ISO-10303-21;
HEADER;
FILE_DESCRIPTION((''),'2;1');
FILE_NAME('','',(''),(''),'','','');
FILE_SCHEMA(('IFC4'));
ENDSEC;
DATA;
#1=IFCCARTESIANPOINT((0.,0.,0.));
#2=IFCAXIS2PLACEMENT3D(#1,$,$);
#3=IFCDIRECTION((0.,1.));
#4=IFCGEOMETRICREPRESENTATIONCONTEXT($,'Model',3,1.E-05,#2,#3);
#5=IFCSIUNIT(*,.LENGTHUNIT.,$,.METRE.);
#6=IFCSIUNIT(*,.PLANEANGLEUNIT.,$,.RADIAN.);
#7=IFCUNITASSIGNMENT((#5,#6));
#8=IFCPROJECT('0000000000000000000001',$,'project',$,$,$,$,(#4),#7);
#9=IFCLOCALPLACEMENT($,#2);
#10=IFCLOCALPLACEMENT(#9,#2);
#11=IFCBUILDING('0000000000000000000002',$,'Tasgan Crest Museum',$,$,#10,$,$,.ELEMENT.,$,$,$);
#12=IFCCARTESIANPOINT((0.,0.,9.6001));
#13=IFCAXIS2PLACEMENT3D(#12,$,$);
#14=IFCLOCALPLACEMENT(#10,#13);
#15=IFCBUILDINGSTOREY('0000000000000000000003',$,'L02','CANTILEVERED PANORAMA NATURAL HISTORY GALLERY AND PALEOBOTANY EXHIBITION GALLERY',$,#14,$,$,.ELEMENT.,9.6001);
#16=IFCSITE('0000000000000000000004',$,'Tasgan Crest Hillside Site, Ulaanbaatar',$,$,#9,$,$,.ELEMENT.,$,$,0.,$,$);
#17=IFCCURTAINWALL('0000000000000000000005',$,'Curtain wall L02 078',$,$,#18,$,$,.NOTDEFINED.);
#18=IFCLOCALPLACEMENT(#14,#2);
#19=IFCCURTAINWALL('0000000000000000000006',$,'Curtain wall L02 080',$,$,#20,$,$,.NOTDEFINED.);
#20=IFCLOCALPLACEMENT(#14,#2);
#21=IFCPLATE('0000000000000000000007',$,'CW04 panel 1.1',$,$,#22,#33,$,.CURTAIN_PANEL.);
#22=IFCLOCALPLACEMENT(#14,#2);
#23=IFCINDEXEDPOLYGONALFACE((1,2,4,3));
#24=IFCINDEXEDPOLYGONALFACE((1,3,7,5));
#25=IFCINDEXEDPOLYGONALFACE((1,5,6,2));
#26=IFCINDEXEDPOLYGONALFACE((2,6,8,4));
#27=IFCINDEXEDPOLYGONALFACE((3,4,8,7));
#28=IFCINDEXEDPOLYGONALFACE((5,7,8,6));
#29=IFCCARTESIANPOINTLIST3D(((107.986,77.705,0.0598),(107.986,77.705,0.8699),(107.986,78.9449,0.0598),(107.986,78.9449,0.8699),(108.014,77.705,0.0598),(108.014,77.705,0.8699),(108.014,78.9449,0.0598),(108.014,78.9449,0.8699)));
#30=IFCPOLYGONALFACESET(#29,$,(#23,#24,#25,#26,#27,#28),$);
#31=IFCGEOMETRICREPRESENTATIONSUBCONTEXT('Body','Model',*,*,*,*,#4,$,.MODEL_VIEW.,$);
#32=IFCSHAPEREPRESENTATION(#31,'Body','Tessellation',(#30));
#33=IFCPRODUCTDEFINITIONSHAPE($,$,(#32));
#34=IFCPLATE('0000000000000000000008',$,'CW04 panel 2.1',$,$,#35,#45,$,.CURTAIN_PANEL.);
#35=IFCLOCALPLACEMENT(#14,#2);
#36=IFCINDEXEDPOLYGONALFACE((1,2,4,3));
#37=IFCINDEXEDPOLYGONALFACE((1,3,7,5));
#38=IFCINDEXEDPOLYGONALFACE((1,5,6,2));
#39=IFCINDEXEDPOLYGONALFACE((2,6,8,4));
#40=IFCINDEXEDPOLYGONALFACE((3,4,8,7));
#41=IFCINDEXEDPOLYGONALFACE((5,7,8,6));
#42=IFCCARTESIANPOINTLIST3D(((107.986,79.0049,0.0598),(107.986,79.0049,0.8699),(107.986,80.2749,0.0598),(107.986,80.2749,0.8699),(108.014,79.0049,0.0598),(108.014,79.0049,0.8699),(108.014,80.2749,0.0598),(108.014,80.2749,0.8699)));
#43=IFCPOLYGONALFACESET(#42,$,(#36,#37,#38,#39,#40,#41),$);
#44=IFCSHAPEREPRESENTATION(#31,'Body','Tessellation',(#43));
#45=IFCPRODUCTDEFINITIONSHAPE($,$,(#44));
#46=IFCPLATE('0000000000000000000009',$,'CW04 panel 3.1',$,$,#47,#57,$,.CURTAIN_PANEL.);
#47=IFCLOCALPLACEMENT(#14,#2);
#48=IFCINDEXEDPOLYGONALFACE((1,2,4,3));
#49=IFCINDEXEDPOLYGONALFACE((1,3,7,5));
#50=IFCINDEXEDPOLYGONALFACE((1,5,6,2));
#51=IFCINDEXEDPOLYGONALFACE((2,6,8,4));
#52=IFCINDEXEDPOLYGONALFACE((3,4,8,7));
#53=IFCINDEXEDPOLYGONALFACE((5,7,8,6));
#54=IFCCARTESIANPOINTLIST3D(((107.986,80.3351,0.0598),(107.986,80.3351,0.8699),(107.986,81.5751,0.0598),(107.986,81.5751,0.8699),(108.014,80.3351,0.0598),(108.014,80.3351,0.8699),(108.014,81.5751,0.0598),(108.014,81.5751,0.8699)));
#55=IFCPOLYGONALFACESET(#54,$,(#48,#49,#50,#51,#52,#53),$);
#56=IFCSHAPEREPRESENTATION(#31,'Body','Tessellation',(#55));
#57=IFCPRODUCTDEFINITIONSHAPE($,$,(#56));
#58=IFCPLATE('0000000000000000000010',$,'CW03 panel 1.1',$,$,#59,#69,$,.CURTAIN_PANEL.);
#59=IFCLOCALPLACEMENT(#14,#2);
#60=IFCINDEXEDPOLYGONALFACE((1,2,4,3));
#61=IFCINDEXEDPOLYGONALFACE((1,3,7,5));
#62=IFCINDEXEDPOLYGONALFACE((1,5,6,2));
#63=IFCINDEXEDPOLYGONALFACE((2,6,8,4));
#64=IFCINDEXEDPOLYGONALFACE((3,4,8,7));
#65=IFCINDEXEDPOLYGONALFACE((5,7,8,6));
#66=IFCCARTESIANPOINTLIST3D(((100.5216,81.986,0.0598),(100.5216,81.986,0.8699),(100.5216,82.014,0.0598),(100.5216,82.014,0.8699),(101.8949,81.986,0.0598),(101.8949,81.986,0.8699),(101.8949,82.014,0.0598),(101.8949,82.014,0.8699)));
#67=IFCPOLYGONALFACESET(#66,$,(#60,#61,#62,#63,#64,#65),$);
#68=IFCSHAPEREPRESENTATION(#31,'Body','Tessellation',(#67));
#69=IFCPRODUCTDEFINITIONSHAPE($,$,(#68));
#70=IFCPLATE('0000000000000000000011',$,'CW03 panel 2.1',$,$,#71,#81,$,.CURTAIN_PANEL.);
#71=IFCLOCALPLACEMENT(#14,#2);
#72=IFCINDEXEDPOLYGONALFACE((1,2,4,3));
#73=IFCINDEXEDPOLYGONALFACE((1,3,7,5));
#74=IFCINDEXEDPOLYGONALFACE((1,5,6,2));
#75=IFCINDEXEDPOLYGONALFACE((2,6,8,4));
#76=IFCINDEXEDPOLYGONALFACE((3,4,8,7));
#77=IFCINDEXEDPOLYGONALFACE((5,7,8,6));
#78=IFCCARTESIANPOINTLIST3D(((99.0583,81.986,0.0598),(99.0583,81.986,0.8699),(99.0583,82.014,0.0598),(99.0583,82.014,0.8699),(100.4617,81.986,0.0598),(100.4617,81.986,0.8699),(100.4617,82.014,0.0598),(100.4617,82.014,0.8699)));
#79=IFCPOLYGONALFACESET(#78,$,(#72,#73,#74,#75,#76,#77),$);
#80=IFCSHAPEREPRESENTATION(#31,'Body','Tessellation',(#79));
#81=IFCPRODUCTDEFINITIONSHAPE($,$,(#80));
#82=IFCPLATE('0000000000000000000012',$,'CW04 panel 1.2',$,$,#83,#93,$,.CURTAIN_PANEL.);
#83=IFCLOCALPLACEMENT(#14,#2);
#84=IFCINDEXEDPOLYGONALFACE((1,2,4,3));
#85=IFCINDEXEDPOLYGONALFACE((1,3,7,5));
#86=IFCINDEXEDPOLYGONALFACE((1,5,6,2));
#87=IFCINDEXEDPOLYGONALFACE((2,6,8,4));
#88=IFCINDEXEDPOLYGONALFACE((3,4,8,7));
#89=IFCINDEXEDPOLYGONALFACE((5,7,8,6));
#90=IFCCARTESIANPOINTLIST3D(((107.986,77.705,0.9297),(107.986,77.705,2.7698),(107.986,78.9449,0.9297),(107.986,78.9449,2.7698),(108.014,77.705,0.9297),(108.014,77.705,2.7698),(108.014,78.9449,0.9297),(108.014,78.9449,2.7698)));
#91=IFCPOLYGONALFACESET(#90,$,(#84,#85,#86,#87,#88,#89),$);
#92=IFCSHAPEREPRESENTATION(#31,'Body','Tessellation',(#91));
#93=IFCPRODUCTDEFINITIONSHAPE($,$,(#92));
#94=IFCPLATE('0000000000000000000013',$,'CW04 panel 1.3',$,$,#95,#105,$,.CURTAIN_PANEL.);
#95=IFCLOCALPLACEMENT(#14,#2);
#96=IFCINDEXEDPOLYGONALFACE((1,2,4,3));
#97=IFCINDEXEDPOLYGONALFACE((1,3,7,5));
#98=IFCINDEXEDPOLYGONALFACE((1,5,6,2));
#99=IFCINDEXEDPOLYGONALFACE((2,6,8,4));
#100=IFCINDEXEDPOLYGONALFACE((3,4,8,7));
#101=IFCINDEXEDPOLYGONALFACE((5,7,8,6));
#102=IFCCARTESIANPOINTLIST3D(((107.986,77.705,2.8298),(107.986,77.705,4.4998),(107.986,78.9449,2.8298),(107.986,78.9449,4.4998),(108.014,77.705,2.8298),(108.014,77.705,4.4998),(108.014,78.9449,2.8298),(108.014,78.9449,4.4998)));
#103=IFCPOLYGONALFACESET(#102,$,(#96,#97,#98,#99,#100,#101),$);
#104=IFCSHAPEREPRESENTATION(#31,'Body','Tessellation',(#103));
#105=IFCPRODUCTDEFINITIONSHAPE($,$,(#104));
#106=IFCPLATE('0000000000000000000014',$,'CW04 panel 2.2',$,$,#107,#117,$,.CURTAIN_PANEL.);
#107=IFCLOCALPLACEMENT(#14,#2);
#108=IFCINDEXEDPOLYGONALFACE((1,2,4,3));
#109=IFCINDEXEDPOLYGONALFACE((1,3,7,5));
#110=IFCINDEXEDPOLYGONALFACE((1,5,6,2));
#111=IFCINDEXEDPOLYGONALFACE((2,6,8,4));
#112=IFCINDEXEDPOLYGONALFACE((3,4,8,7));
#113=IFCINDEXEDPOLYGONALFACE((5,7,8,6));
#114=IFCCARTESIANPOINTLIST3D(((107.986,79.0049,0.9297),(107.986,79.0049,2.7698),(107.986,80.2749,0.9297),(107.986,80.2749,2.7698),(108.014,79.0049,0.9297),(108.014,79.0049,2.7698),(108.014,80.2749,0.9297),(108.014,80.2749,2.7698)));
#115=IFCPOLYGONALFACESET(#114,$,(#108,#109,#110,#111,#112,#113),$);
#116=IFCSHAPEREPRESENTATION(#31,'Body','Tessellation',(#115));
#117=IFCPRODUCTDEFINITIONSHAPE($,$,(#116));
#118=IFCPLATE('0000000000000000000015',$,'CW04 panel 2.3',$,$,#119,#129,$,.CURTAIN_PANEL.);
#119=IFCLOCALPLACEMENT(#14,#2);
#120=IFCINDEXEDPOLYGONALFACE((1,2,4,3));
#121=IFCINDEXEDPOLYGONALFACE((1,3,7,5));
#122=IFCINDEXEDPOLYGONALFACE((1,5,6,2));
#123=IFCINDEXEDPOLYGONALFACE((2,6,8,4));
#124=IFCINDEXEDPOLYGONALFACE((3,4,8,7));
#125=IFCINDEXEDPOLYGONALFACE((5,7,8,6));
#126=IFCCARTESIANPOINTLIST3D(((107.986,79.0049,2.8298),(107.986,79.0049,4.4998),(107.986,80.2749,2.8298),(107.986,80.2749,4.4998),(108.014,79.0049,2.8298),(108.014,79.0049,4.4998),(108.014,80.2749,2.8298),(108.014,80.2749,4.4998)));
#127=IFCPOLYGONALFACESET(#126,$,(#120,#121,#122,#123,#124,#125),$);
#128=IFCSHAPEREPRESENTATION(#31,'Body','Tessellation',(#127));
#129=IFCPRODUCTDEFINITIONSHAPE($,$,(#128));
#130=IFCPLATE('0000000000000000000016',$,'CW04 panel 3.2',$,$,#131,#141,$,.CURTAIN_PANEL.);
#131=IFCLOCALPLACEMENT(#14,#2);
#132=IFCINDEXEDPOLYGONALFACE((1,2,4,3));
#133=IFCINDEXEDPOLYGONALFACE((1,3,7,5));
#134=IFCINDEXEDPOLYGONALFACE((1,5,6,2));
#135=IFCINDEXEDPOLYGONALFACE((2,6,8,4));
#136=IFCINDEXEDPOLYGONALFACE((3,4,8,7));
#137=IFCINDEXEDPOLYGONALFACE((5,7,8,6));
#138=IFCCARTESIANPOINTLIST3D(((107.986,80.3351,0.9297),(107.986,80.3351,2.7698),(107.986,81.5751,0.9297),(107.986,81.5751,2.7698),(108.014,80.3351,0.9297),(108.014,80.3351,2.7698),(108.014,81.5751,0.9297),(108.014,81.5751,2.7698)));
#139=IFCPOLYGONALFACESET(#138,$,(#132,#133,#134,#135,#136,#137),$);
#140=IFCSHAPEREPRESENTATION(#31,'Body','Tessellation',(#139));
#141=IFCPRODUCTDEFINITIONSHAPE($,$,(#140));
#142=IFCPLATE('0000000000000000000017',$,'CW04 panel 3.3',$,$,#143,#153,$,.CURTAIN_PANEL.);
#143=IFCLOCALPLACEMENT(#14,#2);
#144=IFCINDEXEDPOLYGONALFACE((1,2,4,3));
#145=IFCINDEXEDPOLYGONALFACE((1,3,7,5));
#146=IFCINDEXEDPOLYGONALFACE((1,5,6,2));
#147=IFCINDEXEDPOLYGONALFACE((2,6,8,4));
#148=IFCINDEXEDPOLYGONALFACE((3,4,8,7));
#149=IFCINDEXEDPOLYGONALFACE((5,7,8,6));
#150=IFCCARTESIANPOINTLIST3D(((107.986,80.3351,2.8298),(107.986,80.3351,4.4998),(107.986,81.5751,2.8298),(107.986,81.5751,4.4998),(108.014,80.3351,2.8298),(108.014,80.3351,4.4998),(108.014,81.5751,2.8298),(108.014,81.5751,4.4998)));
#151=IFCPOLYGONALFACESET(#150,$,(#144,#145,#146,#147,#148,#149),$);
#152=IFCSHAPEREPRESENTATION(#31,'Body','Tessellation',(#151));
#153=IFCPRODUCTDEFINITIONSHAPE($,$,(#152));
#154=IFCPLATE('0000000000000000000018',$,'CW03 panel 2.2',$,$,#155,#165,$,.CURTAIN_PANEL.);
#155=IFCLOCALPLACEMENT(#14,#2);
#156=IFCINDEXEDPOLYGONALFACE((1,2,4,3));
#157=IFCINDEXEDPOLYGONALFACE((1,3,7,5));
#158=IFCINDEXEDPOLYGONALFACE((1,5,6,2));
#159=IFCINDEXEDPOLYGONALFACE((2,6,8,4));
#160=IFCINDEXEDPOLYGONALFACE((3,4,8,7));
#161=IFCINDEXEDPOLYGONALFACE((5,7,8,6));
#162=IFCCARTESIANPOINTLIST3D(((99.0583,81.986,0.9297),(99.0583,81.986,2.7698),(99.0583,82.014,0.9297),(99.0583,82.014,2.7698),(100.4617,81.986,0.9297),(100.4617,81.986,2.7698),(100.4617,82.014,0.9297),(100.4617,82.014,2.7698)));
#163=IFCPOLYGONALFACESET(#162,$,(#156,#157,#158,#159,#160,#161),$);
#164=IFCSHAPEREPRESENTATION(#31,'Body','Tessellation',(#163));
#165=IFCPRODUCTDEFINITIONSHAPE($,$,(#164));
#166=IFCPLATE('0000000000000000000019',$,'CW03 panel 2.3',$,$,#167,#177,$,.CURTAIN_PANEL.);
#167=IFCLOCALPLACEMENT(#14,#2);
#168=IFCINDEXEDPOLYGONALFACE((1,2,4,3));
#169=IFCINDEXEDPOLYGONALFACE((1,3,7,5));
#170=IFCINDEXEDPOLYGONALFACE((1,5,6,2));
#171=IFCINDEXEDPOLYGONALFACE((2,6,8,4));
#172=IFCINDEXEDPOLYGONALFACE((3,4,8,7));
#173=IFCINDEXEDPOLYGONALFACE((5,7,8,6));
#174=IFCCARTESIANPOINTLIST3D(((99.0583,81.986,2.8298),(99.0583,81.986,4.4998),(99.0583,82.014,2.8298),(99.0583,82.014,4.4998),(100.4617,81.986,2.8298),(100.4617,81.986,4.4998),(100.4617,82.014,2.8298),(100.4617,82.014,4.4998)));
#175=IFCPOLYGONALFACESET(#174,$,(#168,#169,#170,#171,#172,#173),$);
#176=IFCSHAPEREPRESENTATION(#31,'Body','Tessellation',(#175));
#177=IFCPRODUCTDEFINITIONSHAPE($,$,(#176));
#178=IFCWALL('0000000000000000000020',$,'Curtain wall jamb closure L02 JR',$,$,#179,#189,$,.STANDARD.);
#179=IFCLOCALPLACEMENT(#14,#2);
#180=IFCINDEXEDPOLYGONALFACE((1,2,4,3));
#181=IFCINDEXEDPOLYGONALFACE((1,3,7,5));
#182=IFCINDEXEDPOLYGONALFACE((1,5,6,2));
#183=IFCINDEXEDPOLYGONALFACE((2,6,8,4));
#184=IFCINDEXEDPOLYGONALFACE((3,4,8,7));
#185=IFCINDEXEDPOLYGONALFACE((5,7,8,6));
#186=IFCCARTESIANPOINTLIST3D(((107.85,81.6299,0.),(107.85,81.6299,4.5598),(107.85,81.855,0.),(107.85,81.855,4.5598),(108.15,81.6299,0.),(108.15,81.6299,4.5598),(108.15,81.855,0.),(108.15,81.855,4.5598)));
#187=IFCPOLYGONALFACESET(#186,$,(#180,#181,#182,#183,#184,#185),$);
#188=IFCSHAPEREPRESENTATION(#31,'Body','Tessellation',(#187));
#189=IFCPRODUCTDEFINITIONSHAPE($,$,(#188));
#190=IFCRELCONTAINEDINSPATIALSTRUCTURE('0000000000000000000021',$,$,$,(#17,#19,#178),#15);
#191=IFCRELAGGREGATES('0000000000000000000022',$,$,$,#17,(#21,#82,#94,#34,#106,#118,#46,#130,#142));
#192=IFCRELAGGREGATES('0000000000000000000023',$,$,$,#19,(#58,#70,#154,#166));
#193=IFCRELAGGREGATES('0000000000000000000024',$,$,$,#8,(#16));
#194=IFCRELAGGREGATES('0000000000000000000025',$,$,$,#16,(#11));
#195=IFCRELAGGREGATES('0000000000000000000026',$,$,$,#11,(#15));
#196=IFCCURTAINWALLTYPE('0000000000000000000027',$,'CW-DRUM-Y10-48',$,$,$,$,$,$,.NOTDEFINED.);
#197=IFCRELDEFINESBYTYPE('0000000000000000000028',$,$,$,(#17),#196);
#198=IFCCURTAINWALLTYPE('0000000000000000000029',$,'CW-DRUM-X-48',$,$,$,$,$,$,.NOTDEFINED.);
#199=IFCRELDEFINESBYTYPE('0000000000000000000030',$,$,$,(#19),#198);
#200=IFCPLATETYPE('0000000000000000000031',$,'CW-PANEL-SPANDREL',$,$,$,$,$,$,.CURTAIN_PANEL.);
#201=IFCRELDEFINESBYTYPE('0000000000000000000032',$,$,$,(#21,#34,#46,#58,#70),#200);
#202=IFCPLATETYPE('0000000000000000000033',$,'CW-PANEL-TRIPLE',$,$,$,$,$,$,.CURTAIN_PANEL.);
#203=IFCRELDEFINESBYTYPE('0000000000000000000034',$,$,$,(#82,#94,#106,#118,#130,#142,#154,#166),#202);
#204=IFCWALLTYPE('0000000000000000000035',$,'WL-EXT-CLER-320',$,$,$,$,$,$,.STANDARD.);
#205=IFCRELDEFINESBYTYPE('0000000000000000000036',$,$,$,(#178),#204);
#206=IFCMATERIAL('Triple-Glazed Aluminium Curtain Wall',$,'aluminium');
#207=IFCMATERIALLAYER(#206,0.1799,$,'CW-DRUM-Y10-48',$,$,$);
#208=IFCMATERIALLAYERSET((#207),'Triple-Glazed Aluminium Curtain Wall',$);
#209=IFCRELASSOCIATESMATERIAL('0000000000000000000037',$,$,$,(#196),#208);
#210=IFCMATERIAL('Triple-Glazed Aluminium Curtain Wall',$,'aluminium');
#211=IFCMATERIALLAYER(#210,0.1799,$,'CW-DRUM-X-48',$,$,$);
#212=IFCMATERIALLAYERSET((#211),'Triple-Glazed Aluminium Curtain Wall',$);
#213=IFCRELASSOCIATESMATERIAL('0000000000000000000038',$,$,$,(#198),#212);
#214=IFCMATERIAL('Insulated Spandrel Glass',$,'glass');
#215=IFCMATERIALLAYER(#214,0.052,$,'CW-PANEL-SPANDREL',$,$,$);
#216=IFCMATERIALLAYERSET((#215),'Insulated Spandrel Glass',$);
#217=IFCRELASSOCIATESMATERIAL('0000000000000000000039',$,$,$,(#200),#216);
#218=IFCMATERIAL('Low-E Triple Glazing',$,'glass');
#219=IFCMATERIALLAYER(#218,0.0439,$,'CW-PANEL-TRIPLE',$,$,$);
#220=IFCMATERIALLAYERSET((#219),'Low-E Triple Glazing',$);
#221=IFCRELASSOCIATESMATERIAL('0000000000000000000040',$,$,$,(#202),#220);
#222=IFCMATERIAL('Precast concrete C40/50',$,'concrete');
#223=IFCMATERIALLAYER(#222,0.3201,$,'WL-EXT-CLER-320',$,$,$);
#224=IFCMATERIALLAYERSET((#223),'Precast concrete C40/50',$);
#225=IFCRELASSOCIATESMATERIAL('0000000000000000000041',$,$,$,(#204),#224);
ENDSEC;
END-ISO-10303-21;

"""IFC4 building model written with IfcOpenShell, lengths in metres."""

from ifc_helpers import new_model, si_unit, direction, frame, frame_2d, origin, origin_2d, place, context, subcontext, project, spatial, rectangle, extrude, material, layer, layer_set, type_object, element, aggregate, save


model = new_model("IFC4")

# Units and contexts
model_context = context("Model", 3, precision=1e-05, world=origin(), true_north=direction((0.0, 1.0)))
body_context = subcontext(model_context, "Body", "Model", "MODEL_VIEW")
ifc_project = project(units=[si_unit("LENGTHUNIT", "METRE"), si_unit("PLANEANGLEUNIT", "RADIAN")], contexts=[model_context])

# Site, building, storey
site_placement = place(None, origin())
site = spatial("IfcSite", under=ifc_project, at=site_placement, Name="Tasgan Crest Hillside Site, Ulaanbaatar", CompositionType="ELEMENT", RefElevation=0.0)
building_placement = place(site_placement, origin())
building = spatial("IfcBuilding", under=site, at=building_placement, Name="Tasgan Crest Museum", CompositionType="ELEMENT")
storey_placement = place(building_placement, frame((0.0, 0.0, 9.6001)))
storey = spatial("IfcBuildingStorey", under=building, at=storey_placement, Name="L02", Description="CANTILEVERED PANORAMA NATURAL HISTORY GALLERY AND PALEOBOTANY EXHIBITION GALLERY", CompositionType="ELEMENT", Elevation=9.6001)

# Shared definitions
ifc_material_1 = material(Name="Triple-Glazed Aluminium Curtain Wall", Category="aluminium")
ifc_layer_1 = layer(ifc_material_1, 0.1799, Name="CW-DRUM-Y10-48")
ifc_layer_set_1 = layer_set([ifc_layer_1], Name="Triple-Glazed Aluminium Curtain Wall")
curtain_wall_type_1 = type_object("IfcCurtainWallType", Name="CW-DRUM-Y10-48", PredefinedType="NOTDEFINED", material=ifc_layer_set_1)

# Curtain wall
curtain_wall_1_placement = place(storey_placement, origin())
curtain_wall_1 = element("IfcCurtainWall", 1, at=curtain_wall_1_placement, inside=storey, type_object=curtain_wall_type_1, Name="Curtain wall L02 078", PredefinedType="NOTDEFINED")

# Curtain wall
ifc_material_2 = material(Name="Triple-Glazed Aluminium Curtain Wall", Category="aluminium")
ifc_layer_2 = layer(ifc_material_2, 0.1799, Name="CW-DRUM-X-48")
ifc_layer_set_2 = layer_set([ifc_layer_2], Name="Triple-Glazed Aluminium Curtain Wall")
curtain_wall_type_2 = type_object("IfcCurtainWallType", Name="CW-DRUM-X-48", PredefinedType="NOTDEFINED", material=ifc_layer_set_2)
curtain_wall_2_placement = place(storey_placement, origin())
curtain_wall_2 = element("IfcCurtainWall", 2, at=curtain_wall_2_placement, inside=storey, type_object=curtain_wall_type_2, Name="Curtain wall L02 080", PredefinedType="NOTDEFINED")

# Plates
ifc_material_3 = material(Name="Insulated Spandrel Glass", Category="glass")
ifc_layer_3 = layer(ifc_material_3, 0.052, Name="CW-PANEL-SPANDREL")
ifc_layer_set_3 = layer_set([ifc_layer_3], Name="Insulated Spandrel Glass")
plate_type_1 = type_object("IfcPlateType", Name="CW-PANEL-SPANDREL", PredefinedType="CURTAIN_PANEL", material=ifc_layer_set_3)
plate_1_placement = place(storey_placement, frame((108.0, 78.325, 0.0598), z_axis=(0.0, 0.0, 1.0), x_axis=(0.0, 1.0, 0.0)))
plate_1 = element("IfcPlate", 3, at=plate_1_placement, type_object=plate_type_1, Name="CW04 panel 1.1", PredefinedType="CURTAIN_PANEL", context=body_context, shape_type="SweptSolid", body=[
    extrude(rectangle(XDim=1.24, YDim=0.0281, at=origin_2d()), origin(), (0.0, 0.0, 1.0), 0.8101),
])
plate_2_placement = place(storey_placement, frame((108.0, 79.6399, 0.0598), z_axis=(0.0, 0.0, 1.0), x_axis=(0.0, 1.0, 0.0)))
plate_2 = element("IfcPlate", 4, at=plate_2_placement, type_object=plate_type_1, Name="CW04 panel 2.1", PredefinedType="CURTAIN_PANEL", context=body_context, shape_type="SweptSolid", body=[
    extrude(rectangle(XDim=1.27, YDim=0.0281, at=origin_2d()), origin(), (0.0, 0.0, 1.0), 0.8101),
])
plate_3_placement = place(storey_placement, frame((108.0, 80.9551, 0.0598), z_axis=(0.0, 0.0, 1.0), x_axis=(0.0, 1.0, 0.0)))
plate_3 = element("IfcPlate", 5, at=plate_3_placement, type_object=plate_type_1, Name="CW04 panel 3.1", PredefinedType="CURTAIN_PANEL", context=body_context, shape_type="SweptSolid", body=[
    extrude(rectangle(XDim=1.24, YDim=0.0281, at=origin_2d()), origin(), (0.0, 0.0, 1.0), 0.8101),
])
plate_4_placement = place(storey_placement, frame((101.2083, 82.0, 0.0598), z_axis=(0.0, 0.0, 1.0), x_axis=(-1.0, 0.0, 0.0)))
plate_4 = element("IfcPlate", 6, at=plate_4_placement, type_object=plate_type_1, Name="CW03 panel 1.1", PredefinedType="CURTAIN_PANEL", context=body_context, shape_type="SweptSolid", body=[
    extrude(rectangle(XDim=1.3733, YDim=0.0281, at=origin_2d()), origin(), (0.0, 0.0, 1.0), 0.8101),
])
plate_5_placement = place(storey_placement, frame((99.76, 82.0, 0.0598), z_axis=(0.0, 0.0, 1.0), x_axis=(-1.0, 0.0, 0.0)))
plate_5 = element("IfcPlate", 7, at=plate_5_placement, type_object=plate_type_1, Name="CW03 panel 2.1", PredefinedType="CURTAIN_PANEL", context=body_context, shape_type="SweptSolid", body=[
    extrude(rectangle(XDim=1.4033, YDim=0.0281, at=origin_2d()), origin(), (0.0, 0.0, 1.0), 0.8101),
])
ifc_material_4 = material(Name="Low-E Triple Glazing", Category="glass")
ifc_layer_4 = layer(ifc_material_4, 0.0439, Name="CW-PANEL-TRIPLE")
ifc_layer_set_4 = layer_set([ifc_layer_4], Name="Low-E Triple Glazing")
plate_type_2 = type_object("IfcPlateType", Name="CW-PANEL-TRIPLE", PredefinedType="CURTAIN_PANEL", material=ifc_layer_set_4)
plate_6_placement = place(storey_placement, frame((108.0, 78.325, 0.9297), z_axis=(0.0, 0.0, 1.0), x_axis=(0.0, 1.0, 0.0)))
plate_6 = element("IfcPlate", 8, at=plate_6_placement, type_object=plate_type_2, Name="CW04 panel 1.2", PredefinedType="CURTAIN_PANEL", context=body_context, shape_type="SweptSolid", body=[
    extrude(rectangle(XDim=1.24, YDim=0.0281, at=origin_2d()), origin(), (0.0, 0.0, 1.0), 1.8401),
])
plate_7_placement = place(storey_placement, frame((108.0, 78.325, 2.8298), z_axis=(0.0, 0.0, 1.0), x_axis=(0.0, 1.0, 0.0)))
plate_7 = element("IfcPlate", 9, at=plate_7_placement, type_object=plate_type_2, Name="CW04 panel 1.3", PredefinedType="CURTAIN_PANEL", context=body_context, shape_type="SweptSolid", body=[
    extrude(rectangle(XDim=1.24, YDim=0.0281, at=origin_2d()), origin(), (0.0, 0.0, 1.0), 1.6699),
])
plate_8_placement = place(storey_placement, frame((108.0, 79.6399, 0.9297), z_axis=(0.0, 0.0, 1.0), x_axis=(0.0, 1.0, 0.0)))
plate_8 = element("IfcPlate", 10, at=plate_8_placement, type_object=plate_type_2, Name="CW04 panel 2.2", PredefinedType="CURTAIN_PANEL", context=body_context, shape_type="SweptSolid", body=[
    extrude(rectangle(XDim=1.27, YDim=0.0281, at=origin_2d()), origin(), (0.0, 0.0, 1.0), 1.8401),
])
plate_9_placement = place(storey_placement, frame((108.0, 79.6399, 2.8298), z_axis=(0.0, 0.0, 1.0), x_axis=(0.0, 1.0, 0.0)))
plate_9 = element("IfcPlate", 11, at=plate_9_placement, type_object=plate_type_2, Name="CW04 panel 2.3", PredefinedType="CURTAIN_PANEL", context=body_context, shape_type="SweptSolid", body=[
    extrude(rectangle(XDim=1.27, YDim=0.0281, at=origin_2d()), origin(), (0.0, 0.0, 1.0), 1.6699),
])
plate_10_placement = place(storey_placement, frame((108.0, 80.9551, 0.9297), z_axis=(0.0, 0.0, 1.0), x_axis=(0.0, 1.0, 0.0)))
plate_10 = element("IfcPlate", 12, at=plate_10_placement, type_object=plate_type_2, Name="CW04 panel 3.2", PredefinedType="CURTAIN_PANEL", context=body_context, shape_type="SweptSolid", body=[
    extrude(rectangle(XDim=1.24, YDim=0.0281, at=origin_2d()), origin(), (0.0, 0.0, 1.0), 1.8401),
])
plate_11_placement = place(storey_placement, frame((108.0, 80.9551, 2.8298), z_axis=(0.0, 0.0, 1.0), x_axis=(0.0, 1.0, 0.0)))
plate_11 = element("IfcPlate", 13, at=plate_11_placement, type_object=plate_type_2, Name="CW04 panel 3.3", PredefinedType="CURTAIN_PANEL", context=body_context, shape_type="SweptSolid", body=[
    extrude(rectangle(XDim=1.24, YDim=0.0281, at=origin_2d()), origin(), (0.0, 0.0, 1.0), 1.6699),
])
aggregate(curtain_wall_1, [plate_1, plate_6, plate_7, plate_2, plate_8, plate_9, plate_3, plate_10, plate_11])
plate_12_placement = place(storey_placement, frame((99.76, 82.0, 0.9297), z_axis=(0.0, 0.0, 1.0), x_axis=(-1.0, 0.0, 0.0)))
plate_12 = element("IfcPlate", 14, at=plate_12_placement, type_object=plate_type_2, Name="CW03 panel 2.2", PredefinedType="CURTAIN_PANEL", context=body_context, shape_type="SweptSolid", body=[
    extrude(rectangle(XDim=1.4033, YDim=0.0281, at=origin_2d()), origin(), (0.0, 0.0, 1.0), 1.8401),
])
plate_13_placement = place(storey_placement, frame((99.76, 82.0, 2.8298), z_axis=(0.0, 0.0, 1.0), x_axis=(-1.0, 0.0, 0.0)))
plate_13 = element("IfcPlate", 15, at=plate_13_placement, type_object=plate_type_2, Name="CW03 panel 2.3", PredefinedType="CURTAIN_PANEL", context=body_context, shape_type="SweptSolid", body=[
    extrude(rectangle(XDim=1.4033, YDim=0.0281, at=origin_2d()), origin(), (0.0, 0.0, 1.0), 1.6699),
])
aggregate(curtain_wall_2, [plate_4, plate_5, plate_12, plate_13])

# Wall
ifc_material_5 = material(Name="Precast concrete C40/50", Category="concrete")
ifc_layer_5 = layer(ifc_material_5, 0.3201, Name="WL-EXT-CLER-320")
ifc_layer_set_5 = layer_set([ifc_layer_5], Name="Precast concrete C40/50")
wall_type_1 = type_object("IfcWallType", Name="WL-EXT-CLER-320", PredefinedType="STANDARD", material=ifc_layer_set_5)
wall_1_placement = place(storey_placement, frame((108.0, 81.6299, 0.0), z_axis=(0.0, 0.0, 1.0), x_axis=(0.0, 1.0, 0.0)))
element("IfcWall", 16, at=wall_1_placement, inside=storey, type_object=wall_type_1, Name="Curtain wall jamb closure L02 JR", PredefinedType="STANDARD", context=body_context, shape_type="SweptSolid", body=[
    extrude(rectangle(XDim=0.2251, YDim=0.3, at=frame_2d((0.1125, 0.0))), origin(), (0.0, 0.0, 1.0), 4.5598),
])

save(model, "model.ifc")
